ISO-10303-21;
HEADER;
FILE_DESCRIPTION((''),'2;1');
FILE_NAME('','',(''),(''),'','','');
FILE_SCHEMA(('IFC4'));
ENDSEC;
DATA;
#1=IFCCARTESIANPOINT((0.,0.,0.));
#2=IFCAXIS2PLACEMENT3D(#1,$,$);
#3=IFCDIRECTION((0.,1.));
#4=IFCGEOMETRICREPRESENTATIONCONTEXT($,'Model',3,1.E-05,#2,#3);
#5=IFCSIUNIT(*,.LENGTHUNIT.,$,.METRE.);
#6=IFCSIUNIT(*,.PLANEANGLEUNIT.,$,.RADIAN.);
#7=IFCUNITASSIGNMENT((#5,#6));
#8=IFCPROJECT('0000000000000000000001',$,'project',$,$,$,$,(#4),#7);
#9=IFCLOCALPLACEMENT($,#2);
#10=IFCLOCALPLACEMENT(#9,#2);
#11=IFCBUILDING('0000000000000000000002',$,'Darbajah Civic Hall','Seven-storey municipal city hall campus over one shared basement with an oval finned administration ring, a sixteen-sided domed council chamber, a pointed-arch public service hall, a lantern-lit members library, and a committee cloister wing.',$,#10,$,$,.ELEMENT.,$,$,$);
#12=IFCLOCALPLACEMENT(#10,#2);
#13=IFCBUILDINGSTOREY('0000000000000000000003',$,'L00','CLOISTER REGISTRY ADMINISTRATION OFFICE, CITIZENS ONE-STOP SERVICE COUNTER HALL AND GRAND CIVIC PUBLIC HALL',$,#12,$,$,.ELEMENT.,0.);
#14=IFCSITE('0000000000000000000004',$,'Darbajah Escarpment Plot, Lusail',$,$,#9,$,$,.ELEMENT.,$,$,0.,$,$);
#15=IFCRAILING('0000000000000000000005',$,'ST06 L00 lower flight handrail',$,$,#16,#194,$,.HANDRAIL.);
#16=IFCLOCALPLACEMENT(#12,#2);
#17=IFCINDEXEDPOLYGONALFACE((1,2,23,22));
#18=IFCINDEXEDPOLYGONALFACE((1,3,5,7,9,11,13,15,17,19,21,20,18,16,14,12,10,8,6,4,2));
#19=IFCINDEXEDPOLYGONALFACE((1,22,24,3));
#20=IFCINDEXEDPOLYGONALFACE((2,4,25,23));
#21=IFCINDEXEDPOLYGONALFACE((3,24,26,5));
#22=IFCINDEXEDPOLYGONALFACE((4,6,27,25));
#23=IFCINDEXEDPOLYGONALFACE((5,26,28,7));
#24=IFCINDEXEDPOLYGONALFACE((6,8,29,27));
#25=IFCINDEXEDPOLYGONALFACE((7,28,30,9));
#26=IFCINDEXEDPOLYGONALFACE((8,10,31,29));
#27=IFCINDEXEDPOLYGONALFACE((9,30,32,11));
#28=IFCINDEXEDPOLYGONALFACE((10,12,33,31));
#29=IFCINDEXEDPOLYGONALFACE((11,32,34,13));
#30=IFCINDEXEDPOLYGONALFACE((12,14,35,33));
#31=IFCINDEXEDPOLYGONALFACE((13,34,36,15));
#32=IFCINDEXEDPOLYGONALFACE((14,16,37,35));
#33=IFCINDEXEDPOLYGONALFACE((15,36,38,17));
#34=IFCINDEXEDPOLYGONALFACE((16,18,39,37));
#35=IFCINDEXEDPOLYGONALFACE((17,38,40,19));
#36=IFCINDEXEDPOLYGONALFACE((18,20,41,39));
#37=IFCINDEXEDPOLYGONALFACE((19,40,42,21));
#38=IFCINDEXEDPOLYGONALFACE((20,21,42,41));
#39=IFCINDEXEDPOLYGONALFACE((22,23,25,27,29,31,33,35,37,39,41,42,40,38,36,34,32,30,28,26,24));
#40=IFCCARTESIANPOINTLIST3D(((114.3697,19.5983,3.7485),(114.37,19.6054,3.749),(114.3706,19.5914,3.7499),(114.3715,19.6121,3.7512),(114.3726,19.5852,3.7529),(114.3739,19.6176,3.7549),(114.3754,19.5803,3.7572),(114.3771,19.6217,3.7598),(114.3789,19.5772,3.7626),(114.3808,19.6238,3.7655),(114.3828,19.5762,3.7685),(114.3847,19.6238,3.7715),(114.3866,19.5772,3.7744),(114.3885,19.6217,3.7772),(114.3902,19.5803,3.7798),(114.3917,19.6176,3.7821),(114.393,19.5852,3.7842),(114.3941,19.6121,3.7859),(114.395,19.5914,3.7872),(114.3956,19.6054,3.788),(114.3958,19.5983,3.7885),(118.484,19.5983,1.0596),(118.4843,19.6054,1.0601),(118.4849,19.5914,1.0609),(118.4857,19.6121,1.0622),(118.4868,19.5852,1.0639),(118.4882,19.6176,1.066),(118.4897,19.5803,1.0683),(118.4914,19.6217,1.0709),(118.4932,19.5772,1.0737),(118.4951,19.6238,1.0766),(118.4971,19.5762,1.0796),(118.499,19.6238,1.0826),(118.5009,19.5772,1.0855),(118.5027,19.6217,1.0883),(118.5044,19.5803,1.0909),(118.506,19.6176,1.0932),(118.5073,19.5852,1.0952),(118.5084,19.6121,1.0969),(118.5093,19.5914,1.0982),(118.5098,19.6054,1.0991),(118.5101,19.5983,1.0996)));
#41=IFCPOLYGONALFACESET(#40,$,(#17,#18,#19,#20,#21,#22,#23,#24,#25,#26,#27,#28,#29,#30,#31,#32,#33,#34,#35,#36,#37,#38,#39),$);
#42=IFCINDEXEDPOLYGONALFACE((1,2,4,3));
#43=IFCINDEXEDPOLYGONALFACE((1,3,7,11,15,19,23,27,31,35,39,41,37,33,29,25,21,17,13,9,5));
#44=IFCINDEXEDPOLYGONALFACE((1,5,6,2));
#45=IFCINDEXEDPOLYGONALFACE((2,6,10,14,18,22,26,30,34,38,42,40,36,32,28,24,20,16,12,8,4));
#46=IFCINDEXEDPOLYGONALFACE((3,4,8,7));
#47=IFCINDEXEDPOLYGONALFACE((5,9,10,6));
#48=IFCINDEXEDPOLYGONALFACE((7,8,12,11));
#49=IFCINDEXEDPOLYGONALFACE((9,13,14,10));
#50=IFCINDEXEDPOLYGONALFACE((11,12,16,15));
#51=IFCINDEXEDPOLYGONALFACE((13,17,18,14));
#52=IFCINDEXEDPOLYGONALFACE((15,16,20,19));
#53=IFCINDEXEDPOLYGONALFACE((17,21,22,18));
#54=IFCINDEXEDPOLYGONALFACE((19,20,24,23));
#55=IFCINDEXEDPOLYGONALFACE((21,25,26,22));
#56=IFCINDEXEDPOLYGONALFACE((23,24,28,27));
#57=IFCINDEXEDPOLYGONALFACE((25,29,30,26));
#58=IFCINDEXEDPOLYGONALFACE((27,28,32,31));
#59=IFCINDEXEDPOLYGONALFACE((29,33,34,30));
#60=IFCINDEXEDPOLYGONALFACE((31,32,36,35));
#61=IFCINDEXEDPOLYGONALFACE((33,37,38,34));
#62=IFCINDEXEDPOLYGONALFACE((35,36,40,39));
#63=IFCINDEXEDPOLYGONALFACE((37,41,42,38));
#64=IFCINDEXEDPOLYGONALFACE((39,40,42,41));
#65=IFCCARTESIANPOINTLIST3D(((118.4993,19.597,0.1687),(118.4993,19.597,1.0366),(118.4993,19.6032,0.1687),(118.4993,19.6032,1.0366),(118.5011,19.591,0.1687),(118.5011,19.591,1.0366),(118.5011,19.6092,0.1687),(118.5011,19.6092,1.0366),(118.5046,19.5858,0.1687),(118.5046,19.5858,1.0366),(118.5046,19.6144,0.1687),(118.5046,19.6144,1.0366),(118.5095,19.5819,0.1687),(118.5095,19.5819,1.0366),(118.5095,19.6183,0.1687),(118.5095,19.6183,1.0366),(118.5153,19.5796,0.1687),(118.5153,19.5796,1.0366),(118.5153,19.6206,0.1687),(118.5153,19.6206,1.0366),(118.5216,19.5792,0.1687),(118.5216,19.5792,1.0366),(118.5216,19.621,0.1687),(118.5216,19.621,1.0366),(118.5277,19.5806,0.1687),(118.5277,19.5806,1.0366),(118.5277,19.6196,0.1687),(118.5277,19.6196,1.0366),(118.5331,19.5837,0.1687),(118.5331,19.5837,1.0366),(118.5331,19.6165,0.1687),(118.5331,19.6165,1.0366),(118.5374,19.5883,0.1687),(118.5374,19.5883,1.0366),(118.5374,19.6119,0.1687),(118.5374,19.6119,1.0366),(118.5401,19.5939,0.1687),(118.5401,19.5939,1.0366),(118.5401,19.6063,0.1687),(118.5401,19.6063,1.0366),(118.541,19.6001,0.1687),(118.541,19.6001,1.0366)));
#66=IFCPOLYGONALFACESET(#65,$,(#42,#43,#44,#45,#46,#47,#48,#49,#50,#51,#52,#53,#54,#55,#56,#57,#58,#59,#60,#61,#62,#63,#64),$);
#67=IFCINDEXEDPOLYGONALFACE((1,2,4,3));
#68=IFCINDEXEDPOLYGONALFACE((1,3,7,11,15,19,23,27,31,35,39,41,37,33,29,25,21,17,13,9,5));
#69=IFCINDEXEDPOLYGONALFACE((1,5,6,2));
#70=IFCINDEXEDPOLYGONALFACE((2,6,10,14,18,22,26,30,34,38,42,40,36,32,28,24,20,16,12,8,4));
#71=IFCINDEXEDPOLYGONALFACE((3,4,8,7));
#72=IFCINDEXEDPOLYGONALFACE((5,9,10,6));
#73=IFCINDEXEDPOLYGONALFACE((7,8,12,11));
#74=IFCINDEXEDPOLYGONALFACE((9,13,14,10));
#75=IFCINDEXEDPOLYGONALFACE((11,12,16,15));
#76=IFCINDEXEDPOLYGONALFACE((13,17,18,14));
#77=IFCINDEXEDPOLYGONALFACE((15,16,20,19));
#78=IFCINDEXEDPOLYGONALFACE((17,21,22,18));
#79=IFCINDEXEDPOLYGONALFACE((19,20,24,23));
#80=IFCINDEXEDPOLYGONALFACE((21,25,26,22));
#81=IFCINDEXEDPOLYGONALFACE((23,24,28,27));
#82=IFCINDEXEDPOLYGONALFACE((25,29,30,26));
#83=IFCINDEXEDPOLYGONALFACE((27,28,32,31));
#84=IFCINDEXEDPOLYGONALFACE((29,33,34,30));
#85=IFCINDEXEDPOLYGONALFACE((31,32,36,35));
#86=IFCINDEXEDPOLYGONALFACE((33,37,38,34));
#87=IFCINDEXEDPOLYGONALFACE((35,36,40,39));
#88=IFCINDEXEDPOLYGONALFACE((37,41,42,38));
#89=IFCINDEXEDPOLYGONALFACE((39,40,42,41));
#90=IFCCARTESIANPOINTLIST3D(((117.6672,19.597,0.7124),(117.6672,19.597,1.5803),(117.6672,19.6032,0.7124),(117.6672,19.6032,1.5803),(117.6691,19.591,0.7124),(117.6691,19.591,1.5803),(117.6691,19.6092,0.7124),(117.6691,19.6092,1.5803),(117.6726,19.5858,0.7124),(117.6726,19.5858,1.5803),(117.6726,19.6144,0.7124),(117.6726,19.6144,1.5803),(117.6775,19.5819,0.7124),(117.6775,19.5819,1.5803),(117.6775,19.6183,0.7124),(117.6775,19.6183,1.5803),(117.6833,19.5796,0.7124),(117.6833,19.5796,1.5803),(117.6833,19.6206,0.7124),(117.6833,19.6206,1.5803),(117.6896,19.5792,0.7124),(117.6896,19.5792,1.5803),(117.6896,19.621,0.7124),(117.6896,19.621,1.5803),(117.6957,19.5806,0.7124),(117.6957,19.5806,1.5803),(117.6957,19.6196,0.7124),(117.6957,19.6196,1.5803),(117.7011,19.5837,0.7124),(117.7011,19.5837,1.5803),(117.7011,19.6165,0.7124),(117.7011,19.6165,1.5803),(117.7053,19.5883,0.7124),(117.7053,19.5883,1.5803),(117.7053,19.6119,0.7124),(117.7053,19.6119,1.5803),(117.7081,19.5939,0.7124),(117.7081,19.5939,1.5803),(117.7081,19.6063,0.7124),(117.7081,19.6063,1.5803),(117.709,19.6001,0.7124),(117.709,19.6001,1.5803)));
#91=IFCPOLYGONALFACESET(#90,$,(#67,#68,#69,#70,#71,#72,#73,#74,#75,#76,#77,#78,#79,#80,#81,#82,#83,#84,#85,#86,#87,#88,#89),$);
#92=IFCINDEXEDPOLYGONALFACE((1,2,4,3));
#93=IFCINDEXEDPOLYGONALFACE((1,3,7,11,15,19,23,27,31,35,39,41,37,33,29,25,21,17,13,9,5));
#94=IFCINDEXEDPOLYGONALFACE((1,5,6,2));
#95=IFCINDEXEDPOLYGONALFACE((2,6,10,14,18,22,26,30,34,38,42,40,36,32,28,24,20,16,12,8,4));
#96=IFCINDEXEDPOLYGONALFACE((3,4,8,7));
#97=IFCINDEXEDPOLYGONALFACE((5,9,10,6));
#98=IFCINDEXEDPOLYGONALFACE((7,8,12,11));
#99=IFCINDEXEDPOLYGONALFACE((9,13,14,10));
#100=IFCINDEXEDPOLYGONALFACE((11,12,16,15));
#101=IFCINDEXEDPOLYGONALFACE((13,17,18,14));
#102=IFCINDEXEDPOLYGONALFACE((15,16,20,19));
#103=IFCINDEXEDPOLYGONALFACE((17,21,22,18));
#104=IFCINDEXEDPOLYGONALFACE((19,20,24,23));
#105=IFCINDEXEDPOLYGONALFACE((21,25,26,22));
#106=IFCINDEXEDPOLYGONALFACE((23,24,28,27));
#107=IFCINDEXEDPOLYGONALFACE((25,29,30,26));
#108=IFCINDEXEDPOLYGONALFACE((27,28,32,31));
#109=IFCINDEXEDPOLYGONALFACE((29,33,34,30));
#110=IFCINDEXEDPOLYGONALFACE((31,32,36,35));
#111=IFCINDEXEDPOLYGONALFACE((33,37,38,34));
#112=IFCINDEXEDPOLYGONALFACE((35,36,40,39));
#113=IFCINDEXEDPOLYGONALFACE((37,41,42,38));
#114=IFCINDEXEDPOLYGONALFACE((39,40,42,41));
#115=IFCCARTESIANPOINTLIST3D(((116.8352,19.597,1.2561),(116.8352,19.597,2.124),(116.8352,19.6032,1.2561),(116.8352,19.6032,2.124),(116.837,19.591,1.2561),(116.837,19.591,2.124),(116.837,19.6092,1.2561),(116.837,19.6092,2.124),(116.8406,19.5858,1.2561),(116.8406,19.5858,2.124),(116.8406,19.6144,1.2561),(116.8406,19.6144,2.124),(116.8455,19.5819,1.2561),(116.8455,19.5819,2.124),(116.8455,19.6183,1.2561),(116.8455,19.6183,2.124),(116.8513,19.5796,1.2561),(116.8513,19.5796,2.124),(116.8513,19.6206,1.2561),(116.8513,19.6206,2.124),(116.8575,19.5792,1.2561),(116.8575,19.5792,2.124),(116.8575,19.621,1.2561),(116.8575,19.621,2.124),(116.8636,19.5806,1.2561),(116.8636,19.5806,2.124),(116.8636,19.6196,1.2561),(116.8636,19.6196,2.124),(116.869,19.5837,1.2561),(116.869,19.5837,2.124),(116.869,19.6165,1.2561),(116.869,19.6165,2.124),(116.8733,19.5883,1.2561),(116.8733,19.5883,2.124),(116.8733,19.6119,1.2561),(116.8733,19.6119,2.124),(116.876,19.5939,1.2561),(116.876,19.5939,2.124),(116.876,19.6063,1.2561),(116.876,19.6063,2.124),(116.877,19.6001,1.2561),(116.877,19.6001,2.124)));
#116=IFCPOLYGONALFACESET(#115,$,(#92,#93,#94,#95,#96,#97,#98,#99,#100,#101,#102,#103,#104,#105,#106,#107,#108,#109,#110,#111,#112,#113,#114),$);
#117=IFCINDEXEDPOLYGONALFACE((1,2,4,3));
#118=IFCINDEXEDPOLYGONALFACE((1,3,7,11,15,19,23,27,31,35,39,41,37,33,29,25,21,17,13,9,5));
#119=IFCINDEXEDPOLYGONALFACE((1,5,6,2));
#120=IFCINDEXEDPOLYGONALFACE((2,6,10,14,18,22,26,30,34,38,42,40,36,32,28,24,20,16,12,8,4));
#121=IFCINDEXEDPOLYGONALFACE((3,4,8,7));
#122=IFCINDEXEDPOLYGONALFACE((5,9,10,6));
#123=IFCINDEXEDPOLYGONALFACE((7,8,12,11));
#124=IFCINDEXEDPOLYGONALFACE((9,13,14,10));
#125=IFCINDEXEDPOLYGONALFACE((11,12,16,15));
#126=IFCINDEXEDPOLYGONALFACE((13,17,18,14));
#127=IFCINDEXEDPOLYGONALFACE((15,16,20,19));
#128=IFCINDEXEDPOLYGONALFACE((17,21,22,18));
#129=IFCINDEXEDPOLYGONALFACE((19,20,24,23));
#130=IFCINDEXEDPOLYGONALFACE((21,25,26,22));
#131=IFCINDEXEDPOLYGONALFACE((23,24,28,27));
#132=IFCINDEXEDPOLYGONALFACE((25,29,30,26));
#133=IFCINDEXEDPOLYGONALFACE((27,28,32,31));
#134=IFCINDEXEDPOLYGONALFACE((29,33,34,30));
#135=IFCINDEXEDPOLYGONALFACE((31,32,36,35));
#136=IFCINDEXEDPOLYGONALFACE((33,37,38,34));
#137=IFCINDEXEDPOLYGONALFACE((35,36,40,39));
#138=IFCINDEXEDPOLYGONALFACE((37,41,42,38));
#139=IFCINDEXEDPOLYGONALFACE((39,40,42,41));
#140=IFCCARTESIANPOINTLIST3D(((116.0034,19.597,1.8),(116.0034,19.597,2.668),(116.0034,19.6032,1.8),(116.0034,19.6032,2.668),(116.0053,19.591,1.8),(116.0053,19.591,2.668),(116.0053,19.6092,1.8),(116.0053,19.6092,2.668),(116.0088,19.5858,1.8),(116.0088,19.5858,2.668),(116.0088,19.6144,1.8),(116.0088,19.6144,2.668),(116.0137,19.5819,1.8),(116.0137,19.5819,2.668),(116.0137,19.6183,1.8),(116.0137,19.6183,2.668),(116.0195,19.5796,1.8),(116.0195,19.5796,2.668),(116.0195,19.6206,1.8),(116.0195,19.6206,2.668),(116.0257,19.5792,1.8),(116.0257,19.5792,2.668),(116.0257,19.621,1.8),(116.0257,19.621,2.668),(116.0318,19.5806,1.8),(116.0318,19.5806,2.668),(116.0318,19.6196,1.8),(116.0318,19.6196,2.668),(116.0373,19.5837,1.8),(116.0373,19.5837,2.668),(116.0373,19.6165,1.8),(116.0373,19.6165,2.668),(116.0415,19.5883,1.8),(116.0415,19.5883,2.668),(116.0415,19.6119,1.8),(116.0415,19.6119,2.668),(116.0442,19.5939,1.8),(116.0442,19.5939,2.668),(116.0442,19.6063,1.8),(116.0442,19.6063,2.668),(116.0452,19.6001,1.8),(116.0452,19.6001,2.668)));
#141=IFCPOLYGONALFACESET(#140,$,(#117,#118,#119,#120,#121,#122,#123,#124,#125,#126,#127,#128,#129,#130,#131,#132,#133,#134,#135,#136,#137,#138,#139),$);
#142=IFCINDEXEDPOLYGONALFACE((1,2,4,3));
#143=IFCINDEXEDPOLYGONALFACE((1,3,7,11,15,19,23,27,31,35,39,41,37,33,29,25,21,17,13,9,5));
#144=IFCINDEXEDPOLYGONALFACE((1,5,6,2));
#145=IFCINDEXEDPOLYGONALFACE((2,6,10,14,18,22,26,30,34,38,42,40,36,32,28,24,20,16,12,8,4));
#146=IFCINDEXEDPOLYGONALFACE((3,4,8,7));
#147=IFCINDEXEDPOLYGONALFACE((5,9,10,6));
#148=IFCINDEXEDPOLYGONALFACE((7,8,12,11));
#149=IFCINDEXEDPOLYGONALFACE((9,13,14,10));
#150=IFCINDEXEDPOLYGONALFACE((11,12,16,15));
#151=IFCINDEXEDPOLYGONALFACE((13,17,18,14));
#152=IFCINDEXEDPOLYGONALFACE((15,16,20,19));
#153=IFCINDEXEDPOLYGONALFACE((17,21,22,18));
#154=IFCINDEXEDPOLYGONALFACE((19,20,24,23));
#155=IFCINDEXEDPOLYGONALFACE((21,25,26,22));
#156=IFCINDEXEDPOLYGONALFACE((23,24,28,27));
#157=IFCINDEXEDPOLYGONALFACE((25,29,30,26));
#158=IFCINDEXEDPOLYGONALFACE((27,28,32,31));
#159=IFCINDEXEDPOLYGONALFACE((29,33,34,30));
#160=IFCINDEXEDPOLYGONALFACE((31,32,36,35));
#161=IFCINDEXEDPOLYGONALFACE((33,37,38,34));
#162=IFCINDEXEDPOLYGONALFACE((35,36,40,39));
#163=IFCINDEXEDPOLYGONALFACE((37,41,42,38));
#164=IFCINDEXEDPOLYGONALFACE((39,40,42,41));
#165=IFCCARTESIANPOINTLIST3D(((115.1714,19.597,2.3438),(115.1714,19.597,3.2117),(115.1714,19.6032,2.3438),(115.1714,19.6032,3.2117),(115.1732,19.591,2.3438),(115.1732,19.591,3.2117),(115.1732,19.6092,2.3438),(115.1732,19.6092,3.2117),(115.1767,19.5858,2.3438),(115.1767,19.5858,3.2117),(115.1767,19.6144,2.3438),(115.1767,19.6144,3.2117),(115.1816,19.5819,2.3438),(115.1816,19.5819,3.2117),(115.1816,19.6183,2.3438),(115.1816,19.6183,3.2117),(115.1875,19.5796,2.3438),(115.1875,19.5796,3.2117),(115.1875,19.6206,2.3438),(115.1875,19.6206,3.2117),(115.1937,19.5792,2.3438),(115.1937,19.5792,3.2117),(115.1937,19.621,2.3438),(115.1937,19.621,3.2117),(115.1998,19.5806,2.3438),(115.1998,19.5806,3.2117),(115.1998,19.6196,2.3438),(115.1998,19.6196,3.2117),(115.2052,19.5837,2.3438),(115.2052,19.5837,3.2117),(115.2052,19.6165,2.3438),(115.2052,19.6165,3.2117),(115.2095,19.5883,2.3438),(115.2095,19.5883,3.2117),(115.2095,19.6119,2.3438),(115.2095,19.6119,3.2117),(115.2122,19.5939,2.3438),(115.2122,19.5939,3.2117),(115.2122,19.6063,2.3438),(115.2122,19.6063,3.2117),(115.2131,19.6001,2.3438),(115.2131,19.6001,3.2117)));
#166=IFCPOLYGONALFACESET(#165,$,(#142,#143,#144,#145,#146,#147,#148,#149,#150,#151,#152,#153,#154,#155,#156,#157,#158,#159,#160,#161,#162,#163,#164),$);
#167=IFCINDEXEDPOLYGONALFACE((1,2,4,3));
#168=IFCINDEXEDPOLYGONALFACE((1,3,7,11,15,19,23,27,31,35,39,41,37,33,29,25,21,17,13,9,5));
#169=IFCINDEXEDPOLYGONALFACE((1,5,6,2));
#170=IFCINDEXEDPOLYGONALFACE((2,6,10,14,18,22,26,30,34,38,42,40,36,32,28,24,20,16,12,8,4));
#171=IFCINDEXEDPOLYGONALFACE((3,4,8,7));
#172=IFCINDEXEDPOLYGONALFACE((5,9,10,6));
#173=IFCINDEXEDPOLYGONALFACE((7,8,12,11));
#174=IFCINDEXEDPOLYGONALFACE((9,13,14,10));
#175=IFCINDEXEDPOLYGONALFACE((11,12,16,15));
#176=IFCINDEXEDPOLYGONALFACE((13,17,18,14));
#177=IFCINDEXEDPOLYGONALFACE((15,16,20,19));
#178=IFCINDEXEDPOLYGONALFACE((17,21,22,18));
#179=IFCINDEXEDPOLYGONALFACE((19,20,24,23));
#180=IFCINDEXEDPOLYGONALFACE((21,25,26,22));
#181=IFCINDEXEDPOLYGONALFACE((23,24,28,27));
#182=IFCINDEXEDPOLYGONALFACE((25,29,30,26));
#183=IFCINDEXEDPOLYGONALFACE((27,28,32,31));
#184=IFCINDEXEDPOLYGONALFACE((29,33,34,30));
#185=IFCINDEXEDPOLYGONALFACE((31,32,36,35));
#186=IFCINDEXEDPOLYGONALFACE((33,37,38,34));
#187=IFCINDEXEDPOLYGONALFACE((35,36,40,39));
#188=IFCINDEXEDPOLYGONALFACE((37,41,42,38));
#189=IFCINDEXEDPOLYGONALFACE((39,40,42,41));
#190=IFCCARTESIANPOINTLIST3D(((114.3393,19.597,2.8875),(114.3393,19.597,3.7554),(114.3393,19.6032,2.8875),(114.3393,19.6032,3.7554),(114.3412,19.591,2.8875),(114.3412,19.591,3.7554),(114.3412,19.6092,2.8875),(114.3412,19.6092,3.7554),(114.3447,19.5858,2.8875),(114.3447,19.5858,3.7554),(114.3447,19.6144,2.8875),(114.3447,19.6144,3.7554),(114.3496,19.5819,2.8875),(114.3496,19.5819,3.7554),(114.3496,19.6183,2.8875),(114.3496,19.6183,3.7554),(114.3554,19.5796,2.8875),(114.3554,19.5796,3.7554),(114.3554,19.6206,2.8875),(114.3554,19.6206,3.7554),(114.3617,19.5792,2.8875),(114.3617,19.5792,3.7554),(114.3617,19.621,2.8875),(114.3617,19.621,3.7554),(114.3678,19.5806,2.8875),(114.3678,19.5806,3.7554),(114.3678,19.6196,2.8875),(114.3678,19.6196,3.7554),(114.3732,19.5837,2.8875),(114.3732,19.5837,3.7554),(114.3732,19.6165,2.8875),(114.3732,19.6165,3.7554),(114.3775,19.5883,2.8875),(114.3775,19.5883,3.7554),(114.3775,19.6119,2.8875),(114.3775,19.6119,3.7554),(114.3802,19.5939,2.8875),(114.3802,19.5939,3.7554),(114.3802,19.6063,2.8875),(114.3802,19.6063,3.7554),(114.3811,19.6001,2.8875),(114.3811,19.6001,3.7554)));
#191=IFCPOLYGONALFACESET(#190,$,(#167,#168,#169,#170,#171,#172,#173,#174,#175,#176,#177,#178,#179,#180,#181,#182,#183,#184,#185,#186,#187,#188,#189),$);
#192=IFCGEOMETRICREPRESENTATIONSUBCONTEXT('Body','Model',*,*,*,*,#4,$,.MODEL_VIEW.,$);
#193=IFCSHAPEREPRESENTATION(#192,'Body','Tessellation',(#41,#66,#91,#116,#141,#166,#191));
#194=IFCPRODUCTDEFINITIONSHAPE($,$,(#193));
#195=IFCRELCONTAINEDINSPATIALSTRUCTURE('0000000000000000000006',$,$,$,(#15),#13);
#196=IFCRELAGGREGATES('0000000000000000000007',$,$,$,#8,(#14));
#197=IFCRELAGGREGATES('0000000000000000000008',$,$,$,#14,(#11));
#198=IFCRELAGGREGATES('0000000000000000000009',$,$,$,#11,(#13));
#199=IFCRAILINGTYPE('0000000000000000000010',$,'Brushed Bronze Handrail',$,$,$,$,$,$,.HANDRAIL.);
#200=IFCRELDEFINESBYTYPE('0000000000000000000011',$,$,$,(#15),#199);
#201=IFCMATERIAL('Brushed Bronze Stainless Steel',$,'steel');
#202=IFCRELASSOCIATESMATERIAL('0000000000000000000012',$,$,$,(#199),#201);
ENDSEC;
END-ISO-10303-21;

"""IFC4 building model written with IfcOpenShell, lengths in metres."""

from ifc_helpers import new_model, si_unit, direction, frame, origin, origin_2d, place, context, subcontext, project, spatial, circle, extrude, material, type_object, element, save


model = new_model("IFC4")

# Units and contexts
model_context = context("Model", 3, precision=1e-05, world=origin(), true_north=direction((0.0, 1.0)))
body_context = subcontext(model_context, "Body", "Model", "MODEL_VIEW")
ifc_project = project(units=[si_unit("LENGTHUNIT", "METRE"), si_unit("PLANEANGLEUNIT", "RADIAN")], contexts=[model_context])

# Site, building, storey
site_placement = place(None, origin())
site = spatial("IfcSite", under=ifc_project, at=site_placement, Name="Darbajah Escarpment Plot, Lusail", CompositionType="ELEMENT", RefElevation=0.0)
building_placement = place(site_placement, origin())
building = spatial("IfcBuilding", under=site, at=building_placement, Name="Darbajah Civic Hall", Description="Seven-storey municipal city hall campus over one shared basement with an oval finned administration ring, a sixteen-sided domed council chamber, a pointed-arch public service hall, a lantern-lit members library, and a committee cloister wing.", CompositionType="ELEMENT")
storey_placement = place(building_placement, origin())
storey = spatial("IfcBuildingStorey", under=building, at=storey_placement, Name="L00", Description="CLOISTER REGISTRY ADMINISTRATION OFFICE, CITIZENS ONE-STOP SERVICE COUNTER HALL AND GRAND CIVIC PUBLIC HALL", CompositionType="ELEMENT", Elevation=0.0)

# Railing
ifc_material_1 = material(Name="Brushed Bronze Stainless Steel", Category="steel")
railing_type_1 = type_object("IfcRailingType", Name="Brushed Bronze Handrail", PredefinedType="HANDRAIL", material=ifc_material_1)
railing_1_placement = place(storey_placement, frame((118.52, 19.6001, 0.1687)))
element("IfcRailing", 1, at=railing_1_placement, inside=storey, type_object=railing_type_1, Name="ST06 L00 lower flight handrail", PredefinedType="HANDRAIL", context=body_context, shape_type="SweptSolid", body=[
    extrude(circle(Radius=0.0239, at=origin_2d()), frame((-0.0229, 0.0, 0.9109), z_axis=(-0.83708, 0.0, 0.547081), x_axis=(0.0, -1.0, 0.0)), (0.0, 0.0, 1.0), 4.915),
    extrude(circle(Radius=0.021, at=origin_2d()), origin(), (0.0, 0.0, 1.0), 0.8679),
    extrude(circle(Radius=0.021, at=origin_2d()), frame((-0.832, 0.0, 0.5437)), (0.0, 0.0, 1.0), 0.8679),
    extrude(circle(Radius=0.021, at=origin_2d()), frame((-1.6641, 0.0, 1.0874)), (0.0, 0.0, 1.0), 0.8679),
    extrude(circle(Radius=0.021, at=origin_2d()), frame((-2.4958, 0.0, 1.6313)), (0.0, 0.0, 1.0), 0.8679),
    extrude(circle(Radius=0.021, at=origin_2d()), frame((-3.3279, 0.0, 2.175)), (0.0, 0.0, 1.0), 0.8679),
    extrude(circle(Radius=0.021, at=origin_2d()), frame((-4.1599, 0.0, 2.7188)), (0.0, 0.0, 1.0), 0.8679),
])

save(model, "model.ifc")
